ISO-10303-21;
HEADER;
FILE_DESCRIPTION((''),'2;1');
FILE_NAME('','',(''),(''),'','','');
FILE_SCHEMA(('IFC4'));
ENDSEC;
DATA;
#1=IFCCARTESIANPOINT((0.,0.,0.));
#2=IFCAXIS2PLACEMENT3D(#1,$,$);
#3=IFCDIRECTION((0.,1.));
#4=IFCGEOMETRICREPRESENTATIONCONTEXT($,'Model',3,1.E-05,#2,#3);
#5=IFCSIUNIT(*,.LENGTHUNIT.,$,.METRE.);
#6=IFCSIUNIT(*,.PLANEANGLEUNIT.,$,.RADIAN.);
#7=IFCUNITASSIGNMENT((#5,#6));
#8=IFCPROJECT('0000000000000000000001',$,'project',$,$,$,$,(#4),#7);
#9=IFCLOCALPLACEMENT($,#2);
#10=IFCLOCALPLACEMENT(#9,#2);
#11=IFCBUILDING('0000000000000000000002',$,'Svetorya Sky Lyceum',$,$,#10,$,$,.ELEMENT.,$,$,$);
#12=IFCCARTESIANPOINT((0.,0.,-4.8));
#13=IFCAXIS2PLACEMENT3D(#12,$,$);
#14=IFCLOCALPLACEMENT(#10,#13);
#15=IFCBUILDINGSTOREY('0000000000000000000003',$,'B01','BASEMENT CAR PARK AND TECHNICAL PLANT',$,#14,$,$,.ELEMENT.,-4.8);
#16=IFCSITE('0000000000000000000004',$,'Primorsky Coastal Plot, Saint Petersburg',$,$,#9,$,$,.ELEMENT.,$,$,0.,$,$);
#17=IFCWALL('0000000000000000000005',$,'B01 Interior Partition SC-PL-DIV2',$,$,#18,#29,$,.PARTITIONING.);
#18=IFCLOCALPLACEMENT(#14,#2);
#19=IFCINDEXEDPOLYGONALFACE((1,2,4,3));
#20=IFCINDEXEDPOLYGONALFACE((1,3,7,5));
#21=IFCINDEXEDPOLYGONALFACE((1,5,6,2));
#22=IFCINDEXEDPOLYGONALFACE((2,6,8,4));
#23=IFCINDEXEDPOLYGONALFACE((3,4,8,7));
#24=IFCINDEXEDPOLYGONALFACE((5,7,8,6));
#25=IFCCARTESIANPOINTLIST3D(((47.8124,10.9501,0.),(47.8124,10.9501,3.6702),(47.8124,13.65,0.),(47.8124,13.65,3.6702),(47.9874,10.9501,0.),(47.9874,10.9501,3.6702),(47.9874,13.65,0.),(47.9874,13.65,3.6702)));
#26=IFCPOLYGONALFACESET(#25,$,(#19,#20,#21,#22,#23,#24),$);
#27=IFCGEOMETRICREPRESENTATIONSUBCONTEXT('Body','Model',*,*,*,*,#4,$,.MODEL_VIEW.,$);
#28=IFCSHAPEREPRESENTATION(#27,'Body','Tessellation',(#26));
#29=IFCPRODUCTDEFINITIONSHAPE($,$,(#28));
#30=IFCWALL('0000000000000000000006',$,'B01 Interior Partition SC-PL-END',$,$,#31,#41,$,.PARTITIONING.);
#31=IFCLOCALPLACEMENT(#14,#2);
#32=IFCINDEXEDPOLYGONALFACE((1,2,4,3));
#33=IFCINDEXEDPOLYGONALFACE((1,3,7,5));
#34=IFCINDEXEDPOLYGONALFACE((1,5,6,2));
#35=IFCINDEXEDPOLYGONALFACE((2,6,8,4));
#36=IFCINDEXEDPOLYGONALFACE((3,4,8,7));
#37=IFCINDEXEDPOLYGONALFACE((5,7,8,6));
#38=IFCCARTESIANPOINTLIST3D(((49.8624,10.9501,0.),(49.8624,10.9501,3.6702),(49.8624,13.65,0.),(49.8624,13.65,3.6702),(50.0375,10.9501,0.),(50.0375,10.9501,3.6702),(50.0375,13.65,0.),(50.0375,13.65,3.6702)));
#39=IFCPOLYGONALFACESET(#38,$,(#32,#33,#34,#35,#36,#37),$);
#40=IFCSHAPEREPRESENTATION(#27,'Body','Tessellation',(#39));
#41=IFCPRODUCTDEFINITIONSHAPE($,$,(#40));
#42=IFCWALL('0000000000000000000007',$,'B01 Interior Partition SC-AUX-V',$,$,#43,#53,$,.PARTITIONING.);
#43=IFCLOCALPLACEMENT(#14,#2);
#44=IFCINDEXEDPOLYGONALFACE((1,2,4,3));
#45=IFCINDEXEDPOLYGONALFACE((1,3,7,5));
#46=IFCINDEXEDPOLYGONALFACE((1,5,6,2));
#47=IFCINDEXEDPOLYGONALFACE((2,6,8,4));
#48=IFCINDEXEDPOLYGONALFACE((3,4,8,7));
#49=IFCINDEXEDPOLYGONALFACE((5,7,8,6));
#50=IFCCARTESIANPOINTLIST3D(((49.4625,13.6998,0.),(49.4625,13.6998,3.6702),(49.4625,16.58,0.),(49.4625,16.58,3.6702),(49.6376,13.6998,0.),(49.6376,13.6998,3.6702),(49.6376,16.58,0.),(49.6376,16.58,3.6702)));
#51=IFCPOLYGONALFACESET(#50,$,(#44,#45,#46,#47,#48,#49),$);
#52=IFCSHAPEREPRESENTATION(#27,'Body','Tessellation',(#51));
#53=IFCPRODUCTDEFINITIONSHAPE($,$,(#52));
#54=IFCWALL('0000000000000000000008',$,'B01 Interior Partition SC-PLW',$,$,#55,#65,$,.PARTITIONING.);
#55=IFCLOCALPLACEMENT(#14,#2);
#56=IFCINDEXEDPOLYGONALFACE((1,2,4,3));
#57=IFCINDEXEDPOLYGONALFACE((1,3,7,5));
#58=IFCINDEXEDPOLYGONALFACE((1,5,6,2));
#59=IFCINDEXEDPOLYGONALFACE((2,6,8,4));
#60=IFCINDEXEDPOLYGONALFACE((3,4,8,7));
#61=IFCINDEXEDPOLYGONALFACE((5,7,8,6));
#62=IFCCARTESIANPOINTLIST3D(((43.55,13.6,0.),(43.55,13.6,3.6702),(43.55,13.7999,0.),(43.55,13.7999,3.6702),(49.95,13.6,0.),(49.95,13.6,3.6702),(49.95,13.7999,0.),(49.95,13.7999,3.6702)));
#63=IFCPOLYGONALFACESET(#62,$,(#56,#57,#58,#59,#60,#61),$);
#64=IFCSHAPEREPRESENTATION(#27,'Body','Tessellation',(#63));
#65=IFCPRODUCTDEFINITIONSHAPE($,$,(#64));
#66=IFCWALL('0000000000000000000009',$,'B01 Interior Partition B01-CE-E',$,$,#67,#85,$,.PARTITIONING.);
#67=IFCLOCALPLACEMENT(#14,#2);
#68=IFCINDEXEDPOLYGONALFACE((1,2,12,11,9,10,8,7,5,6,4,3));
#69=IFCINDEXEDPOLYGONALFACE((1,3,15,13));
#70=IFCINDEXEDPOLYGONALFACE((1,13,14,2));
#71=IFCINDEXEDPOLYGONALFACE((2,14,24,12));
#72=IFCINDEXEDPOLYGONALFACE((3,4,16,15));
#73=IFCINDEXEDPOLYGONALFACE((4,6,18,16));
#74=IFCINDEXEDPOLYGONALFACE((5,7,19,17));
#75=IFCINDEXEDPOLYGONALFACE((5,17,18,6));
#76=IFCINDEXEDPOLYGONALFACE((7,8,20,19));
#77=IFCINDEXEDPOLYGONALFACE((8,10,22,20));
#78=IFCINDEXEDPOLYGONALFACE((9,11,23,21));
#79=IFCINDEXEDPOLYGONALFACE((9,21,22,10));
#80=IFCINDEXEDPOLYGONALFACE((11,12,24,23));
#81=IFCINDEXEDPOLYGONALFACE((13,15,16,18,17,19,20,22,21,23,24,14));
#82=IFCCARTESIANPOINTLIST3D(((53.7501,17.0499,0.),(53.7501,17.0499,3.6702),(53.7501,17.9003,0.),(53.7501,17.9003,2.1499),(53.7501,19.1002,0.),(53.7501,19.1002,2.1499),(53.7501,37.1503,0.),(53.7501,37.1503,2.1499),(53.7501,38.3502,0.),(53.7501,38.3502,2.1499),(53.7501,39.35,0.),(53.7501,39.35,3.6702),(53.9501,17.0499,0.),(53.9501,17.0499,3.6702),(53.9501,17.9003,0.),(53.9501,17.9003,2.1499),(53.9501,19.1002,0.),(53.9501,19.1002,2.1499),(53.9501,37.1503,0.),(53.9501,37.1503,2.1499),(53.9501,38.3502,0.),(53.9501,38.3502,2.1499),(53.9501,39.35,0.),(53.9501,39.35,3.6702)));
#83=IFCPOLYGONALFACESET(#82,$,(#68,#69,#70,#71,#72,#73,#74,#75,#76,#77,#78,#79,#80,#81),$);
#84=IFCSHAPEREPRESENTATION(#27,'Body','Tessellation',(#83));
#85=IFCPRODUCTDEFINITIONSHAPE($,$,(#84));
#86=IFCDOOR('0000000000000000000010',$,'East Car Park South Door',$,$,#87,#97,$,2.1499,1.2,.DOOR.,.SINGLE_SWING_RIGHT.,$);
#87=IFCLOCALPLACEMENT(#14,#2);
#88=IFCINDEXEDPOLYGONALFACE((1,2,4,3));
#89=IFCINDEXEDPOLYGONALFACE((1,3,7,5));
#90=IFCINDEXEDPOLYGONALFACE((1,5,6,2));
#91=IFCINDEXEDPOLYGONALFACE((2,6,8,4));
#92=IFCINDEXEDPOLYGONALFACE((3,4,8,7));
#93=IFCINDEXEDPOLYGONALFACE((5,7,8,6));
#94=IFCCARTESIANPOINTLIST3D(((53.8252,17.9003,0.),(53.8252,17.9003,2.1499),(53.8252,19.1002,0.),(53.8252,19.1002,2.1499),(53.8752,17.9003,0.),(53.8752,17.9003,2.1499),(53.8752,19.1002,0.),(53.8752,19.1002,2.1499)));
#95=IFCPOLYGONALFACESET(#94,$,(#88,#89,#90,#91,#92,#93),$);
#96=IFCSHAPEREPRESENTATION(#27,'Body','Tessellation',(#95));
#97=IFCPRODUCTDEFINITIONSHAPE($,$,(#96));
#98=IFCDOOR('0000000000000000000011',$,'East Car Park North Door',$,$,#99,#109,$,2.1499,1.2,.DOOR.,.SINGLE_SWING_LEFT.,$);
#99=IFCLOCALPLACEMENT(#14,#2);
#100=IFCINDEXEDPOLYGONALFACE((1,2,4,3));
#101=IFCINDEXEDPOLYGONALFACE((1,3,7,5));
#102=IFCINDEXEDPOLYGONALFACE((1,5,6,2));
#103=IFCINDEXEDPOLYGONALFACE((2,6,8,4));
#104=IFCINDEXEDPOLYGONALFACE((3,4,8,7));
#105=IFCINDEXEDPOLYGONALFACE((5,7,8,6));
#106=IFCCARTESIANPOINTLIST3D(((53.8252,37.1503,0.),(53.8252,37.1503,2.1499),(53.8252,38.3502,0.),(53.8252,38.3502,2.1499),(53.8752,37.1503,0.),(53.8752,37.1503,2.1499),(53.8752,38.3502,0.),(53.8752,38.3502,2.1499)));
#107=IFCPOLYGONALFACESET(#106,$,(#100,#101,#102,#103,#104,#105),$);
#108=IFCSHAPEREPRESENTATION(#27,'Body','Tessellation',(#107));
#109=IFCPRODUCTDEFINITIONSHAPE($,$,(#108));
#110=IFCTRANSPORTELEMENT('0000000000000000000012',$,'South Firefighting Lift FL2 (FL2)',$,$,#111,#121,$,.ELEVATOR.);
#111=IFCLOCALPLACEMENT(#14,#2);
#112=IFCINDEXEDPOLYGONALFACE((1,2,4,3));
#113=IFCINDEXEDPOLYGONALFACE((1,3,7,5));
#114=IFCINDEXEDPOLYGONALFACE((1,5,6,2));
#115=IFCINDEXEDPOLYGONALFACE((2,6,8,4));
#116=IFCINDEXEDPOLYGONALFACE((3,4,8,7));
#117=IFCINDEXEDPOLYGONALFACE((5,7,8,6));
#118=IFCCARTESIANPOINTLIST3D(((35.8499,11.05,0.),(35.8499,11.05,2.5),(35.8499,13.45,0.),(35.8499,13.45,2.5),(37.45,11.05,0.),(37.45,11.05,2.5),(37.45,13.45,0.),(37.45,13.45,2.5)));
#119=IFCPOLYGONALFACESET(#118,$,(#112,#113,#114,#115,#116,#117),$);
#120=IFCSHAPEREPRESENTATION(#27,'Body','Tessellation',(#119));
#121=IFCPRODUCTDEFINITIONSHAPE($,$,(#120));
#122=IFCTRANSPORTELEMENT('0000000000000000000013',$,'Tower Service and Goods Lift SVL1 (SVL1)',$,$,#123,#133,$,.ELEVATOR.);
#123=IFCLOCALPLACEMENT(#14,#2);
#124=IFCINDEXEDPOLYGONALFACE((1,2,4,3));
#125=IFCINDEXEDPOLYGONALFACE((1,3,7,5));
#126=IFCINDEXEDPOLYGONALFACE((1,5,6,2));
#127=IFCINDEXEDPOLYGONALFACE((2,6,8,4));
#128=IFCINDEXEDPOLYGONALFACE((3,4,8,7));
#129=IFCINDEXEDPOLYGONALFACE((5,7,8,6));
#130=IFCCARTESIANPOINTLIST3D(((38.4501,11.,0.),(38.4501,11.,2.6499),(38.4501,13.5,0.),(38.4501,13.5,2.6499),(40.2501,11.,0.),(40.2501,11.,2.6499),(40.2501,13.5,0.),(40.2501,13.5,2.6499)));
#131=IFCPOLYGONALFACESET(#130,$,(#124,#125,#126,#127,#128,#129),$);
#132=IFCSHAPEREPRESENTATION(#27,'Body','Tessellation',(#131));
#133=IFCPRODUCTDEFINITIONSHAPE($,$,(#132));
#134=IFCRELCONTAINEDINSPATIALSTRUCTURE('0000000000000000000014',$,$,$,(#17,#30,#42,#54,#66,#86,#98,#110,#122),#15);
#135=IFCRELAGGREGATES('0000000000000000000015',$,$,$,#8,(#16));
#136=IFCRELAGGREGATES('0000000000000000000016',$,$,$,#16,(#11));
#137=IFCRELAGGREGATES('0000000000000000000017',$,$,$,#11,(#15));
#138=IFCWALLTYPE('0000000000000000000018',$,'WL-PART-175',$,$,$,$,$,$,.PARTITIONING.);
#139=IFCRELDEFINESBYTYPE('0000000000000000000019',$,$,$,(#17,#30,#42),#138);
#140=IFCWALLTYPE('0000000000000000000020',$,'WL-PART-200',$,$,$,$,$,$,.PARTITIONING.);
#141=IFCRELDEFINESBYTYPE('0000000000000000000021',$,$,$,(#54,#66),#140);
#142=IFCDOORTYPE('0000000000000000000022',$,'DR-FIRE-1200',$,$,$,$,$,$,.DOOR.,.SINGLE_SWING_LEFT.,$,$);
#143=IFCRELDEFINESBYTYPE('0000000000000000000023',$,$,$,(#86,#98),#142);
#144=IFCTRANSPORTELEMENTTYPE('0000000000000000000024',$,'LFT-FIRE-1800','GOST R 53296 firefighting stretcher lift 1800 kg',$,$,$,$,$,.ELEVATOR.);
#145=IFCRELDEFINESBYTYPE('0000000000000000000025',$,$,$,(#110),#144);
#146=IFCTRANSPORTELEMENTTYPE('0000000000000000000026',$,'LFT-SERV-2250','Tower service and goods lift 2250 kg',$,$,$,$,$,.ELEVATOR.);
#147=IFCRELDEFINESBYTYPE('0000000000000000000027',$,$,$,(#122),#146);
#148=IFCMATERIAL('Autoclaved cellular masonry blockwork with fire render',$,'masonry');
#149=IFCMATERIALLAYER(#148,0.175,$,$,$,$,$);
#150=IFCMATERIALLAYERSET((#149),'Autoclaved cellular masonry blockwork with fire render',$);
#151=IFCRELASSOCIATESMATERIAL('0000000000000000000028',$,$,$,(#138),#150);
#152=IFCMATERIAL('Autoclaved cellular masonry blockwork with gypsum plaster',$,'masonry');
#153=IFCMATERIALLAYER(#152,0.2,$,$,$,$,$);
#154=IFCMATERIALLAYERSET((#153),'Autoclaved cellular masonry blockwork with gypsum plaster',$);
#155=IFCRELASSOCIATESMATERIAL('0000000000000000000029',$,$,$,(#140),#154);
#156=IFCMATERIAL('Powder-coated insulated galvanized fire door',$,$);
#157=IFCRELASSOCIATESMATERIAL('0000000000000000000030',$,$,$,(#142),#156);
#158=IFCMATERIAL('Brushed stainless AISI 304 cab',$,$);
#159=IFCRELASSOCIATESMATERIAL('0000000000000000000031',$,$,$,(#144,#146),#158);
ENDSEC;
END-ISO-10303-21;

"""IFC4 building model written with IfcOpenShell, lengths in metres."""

from ifc_helpers import new_model, si_unit, direction, frame, frame_2d, origin, origin_2d, place, context, subcontext, project, spatial, rectangle, extrude, material, layer, layer_set, type_object, element, fill, save


model = new_model("IFC4")

# Units and contexts
model_context = context("Model", 3, precision=1e-05, world=origin(), true_north=direction((0.0, 1.0)))
body_context = subcontext(model_context, "Body", "Model", "MODEL_VIEW")
ifc_project = project(units=[si_unit("LENGTHUNIT", "METRE"), si_unit("PLANEANGLEUNIT", "RADIAN")], contexts=[model_context])

# Site, building, storey
site_placement = place(None, origin())
site = spatial("IfcSite", under=ifc_project, at=site_placement, Name="Primorsky Coastal Plot, Saint Petersburg", CompositionType="ELEMENT", RefElevation=0.0)
building_placement = place(site_placement, origin())
building = spatial("IfcBuilding", under=site, at=building_placement, Name="Svetorya Sky Lyceum", CompositionType="ELEMENT")
storey_placement = place(building_placement, frame((0.0, 0.0, -4.8)))
storey = spatial("IfcBuildingStorey", under=building, at=storey_placement, Name="B01", Description="BASEMENT CAR PARK AND TECHNICAL PLANT", CompositionType="ELEMENT", Elevation=-4.8)

# Walls
ifc_material_1 = material(Name="Autoclaved cellular masonry blockwork with fire render", Category="masonry")
ifc_layer_1 = layer(ifc_material_1, 0.175)
ifc_layer_set_1 = layer_set([ifc_layer_1], Name="Autoclaved cellular masonry blockwork with fire render")
wall_type_1 = type_object("IfcWallType", Name="WL-PART-175", PredefinedType="PARTITIONING", material=ifc_layer_set_1)
for number, where, z_axis, x_axis, name in (
    (1, (47.8999, 10.95, 0.0), (0.0, 0.0, 1.0), (0.0, 1.0, 0.0), "B01 Interior Partition SC-PL-DIV2"),
    (2, (49.95, 10.95, 0.0), (0.0, 0.0, 1.0), (0.0, 1.0, 0.0), "B01 Interior Partition SC-PL-END"),
):
    element("IfcWall", number, at=place(storey_placement, frame(where, z_axis=z_axis, x_axis=x_axis)), inside=storey, type_object=wall_type_1, Name=name, PredefinedType="PARTITIONING", context=body_context, shape_type="SweptSolid", body=[
        extrude(rectangle(XDim=2.7, YDim=0.175, at=frame_2d((1.3501, 0.0))), origin(), (0.0, 0.0, 1.0), 3.6702),
    ])
wall_1_placement = place(storey_placement, frame((49.55, 13.7, 0.0), z_axis=(0.0, 0.0, 1.0), x_axis=(0.0, 1.0, 0.0)))
element("IfcWall", 3, at=wall_1_placement, inside=storey, type_object=wall_type_1, Name="B01 Interior Partition SC-AUX-V", PredefinedType="PARTITIONING", context=body_context, shape_type="SweptSolid", body=[
    extrude(rectangle(XDim=2.8801, YDim=0.175, at=frame_2d((1.4399, 0.0))), origin(), (0.0, 0.0, 1.0), 3.6702),
])

# Shared definitions
ifc_material_2 = material(Name="Autoclaved cellular masonry blockwork with gypsum plaster", Category="masonry")
ifc_layer_2 = layer(ifc_material_2, 0.2)
ifc_layer_set_2 = layer_set([ifc_layer_2], Name="Autoclaved cellular masonry blockwork with gypsum plaster")
wall_type_2 = type_object("IfcWallType", Name="WL-PART-200", PredefinedType="PARTITIONING", material=ifc_layer_set_2)

# Wall
wall_2_placement = place(storey_placement, frame((43.55, 13.7, 0.0), z_axis=(0.0, 0.0, 1.0), x_axis=(1.0, 0.0, 0.0)))
element("IfcWall", 4, at=wall_2_placement, inside=storey, type_object=wall_type_2, Name="B01 Interior Partition SC-PLW", PredefinedType="PARTITIONING", context=body_context, shape_type="SweptSolid", body=[
    extrude(rectangle(XDim=6.3999, YDim=0.2, at=frame_2d((3.2, 0.0))), origin(), (0.0, 0.0, 1.0), 3.6702),
])

# Wall, openings, doors
wall_3_placement = place(storey_placement, frame((53.8501, 17.05, 0.0), z_axis=(0.0, 0.0, 1.0), x_axis=(0.0, 1.0, 0.0)))
wall_3 = element("IfcWall", 5, at=wall_3_placement, inside=storey, type_object=wall_type_2, Name="B01 Interior Partition B01-CE-E", PredefinedType="PARTITIONING", context=body_context, shape_type="SweptSolid", body=[
    extrude(rectangle(XDim=22.3, YDim=0.2, at=frame_2d((11.1499, 0.0))), origin(), (0.0, 0.0, 1.0), 3.6702),
])
opening_1_placement = place(wall_3_placement, frame((0.8501, 0.0, 0.0)))
opening_1 = element("IfcOpeningElement", 6, at=opening_1_placement, cuts=wall_3, PredefinedType="OPENING", context=body_context, shape_type="SweptSolid", body=[
    extrude(rectangle(XDim=1.2, YDim=2.1499, at=frame_2d((0.6001, 1.075))), frame((0.0, 0.1099, 0.0), z_axis=(0.0, -1.0, 0.0), x_axis=(1.0, 0.0, 0.0)), (0.0, 0.0, 1.0), 0.22),
])
opening_2_placement = place(wall_3_placement, frame((20.1001, 0.0, 0.0)))
opening_2 = element("IfcOpeningElement", 7, at=opening_2_placement, cuts=wall_3, PredefinedType="OPENING", context=body_context, shape_type="SweptSolid", body=[
    extrude(rectangle(XDim=1.2, YDim=2.1499, at=frame_2d((0.6001, 1.075))), frame((0.0, 0.1099, 0.0), z_axis=(0.0, -1.0, 0.0), x_axis=(1.0, 0.0, 0.0)), (0.0, 0.0, 1.0), 0.22),
])
ifc_material_3 = material(Name="Powder-coated insulated galvanized fire door")
door_type_1 = type_object("IfcDoorType", Name="DR-FIRE-1200", OperationType="SINGLE_SWING_LEFT", PredefinedType="DOOR", material=ifc_material_3)
door_1_placement = place(opening_1_placement, origin())
door_1 = element("IfcDoor", 8, at=door_1_placement, inside=storey, type_object=door_type_1, Name="East Car Park South Door", OperationType="SINGLE_SWING_RIGHT", OverallHeight=2.1499, OverallWidth=1.2, PredefinedType="DOOR", context=body_context, shape_type="SweptSolid", body=[
    extrude(rectangle(XDim=1.2, YDim=2.1499, at=frame_2d((0.6001, 1.075))), frame((0.0, 0.0249, 0.0), z_axis=(0.0, -1.0, 0.0), x_axis=(1.0, 0.0, 0.0)), (0.0, 0.0, 1.0), 0.05),
])
fill(opening_1, door_1)
door_2_placement = place(opening_2_placement, origin())
door_2 = element("IfcDoor", 9, at=door_2_placement, inside=storey, type_object=door_type_1, Name="East Car Park North Door", OperationType="SINGLE_SWING_LEFT", OverallHeight=2.1499, OverallWidth=1.2, PredefinedType="DOOR", context=body_context, shape_type="SweptSolid", body=[
    extrude(rectangle(XDim=1.2, YDim=2.1499, at=frame_2d((0.6001, 1.075))), frame((0.0, 0.0249, 0.0), z_axis=(0.0, -1.0, 0.0), x_axis=(1.0, 0.0, 0.0)), (0.0, 0.0, 1.0), 0.05),
])
fill(opening_2, door_2)

# Transport elements
ifc_material_4 = material(Name="Brushed stainless AISI 304 cab")
transport_element_type_1 = type_object("IfcTransportElementType", Name="LFT-FIRE-1800", Description="GOST R 53296 firefighting stretcher lift 1800 kg", PredefinedType="ELEVATOR", material=ifc_material_4)
transport_element_1_placement = place(storey_placement, frame((36.6499, 12.25, 0.0), z_axis=(0.0, 0.0, 1.0), x_axis=(1.0, 0.0, 0.0)))
element("IfcTransportElement", 10, at=transport_element_1_placement, inside=storey, type_object=transport_element_type_1, Name="South Firefighting Lift FL2 (FL2)", PredefinedType="ELEVATOR", context=body_context, shape_type="SweptSolid", body=[
    extrude(rectangle(XDim=1.6001, YDim=2.3999, at=origin_2d()), origin(), (0.0, 0.0, 1.0), 2.5),
])
transport_element_type_2 = type_object("IfcTransportElementType", Name="LFT-SERV-2250", Description="Tower service and goods lift 2250 kg", PredefinedType="ELEVATOR", material=ifc_material_4)
transport_element_2_placement = place(storey_placement, frame((39.3501, 12.25, 0.0), z_axis=(0.0, 0.0, 1.0), x_axis=(1.0, 0.0, 0.0)))
element("IfcTransportElement", 11, at=transport_element_2_placement, inside=storey, type_object=transport_element_type_2, Name="Tower Service and Goods Lift SVL1 (SVL1)", PredefinedType="ELEVATOR", context=body_context, shape_type="SweptSolid", body=[
    extrude(rectangle(XDim=1.8, YDim=2.5, at=origin_2d()), origin(), (0.0, 0.0, 1.0), 2.6499),
])

save(model, "model.ifc")
